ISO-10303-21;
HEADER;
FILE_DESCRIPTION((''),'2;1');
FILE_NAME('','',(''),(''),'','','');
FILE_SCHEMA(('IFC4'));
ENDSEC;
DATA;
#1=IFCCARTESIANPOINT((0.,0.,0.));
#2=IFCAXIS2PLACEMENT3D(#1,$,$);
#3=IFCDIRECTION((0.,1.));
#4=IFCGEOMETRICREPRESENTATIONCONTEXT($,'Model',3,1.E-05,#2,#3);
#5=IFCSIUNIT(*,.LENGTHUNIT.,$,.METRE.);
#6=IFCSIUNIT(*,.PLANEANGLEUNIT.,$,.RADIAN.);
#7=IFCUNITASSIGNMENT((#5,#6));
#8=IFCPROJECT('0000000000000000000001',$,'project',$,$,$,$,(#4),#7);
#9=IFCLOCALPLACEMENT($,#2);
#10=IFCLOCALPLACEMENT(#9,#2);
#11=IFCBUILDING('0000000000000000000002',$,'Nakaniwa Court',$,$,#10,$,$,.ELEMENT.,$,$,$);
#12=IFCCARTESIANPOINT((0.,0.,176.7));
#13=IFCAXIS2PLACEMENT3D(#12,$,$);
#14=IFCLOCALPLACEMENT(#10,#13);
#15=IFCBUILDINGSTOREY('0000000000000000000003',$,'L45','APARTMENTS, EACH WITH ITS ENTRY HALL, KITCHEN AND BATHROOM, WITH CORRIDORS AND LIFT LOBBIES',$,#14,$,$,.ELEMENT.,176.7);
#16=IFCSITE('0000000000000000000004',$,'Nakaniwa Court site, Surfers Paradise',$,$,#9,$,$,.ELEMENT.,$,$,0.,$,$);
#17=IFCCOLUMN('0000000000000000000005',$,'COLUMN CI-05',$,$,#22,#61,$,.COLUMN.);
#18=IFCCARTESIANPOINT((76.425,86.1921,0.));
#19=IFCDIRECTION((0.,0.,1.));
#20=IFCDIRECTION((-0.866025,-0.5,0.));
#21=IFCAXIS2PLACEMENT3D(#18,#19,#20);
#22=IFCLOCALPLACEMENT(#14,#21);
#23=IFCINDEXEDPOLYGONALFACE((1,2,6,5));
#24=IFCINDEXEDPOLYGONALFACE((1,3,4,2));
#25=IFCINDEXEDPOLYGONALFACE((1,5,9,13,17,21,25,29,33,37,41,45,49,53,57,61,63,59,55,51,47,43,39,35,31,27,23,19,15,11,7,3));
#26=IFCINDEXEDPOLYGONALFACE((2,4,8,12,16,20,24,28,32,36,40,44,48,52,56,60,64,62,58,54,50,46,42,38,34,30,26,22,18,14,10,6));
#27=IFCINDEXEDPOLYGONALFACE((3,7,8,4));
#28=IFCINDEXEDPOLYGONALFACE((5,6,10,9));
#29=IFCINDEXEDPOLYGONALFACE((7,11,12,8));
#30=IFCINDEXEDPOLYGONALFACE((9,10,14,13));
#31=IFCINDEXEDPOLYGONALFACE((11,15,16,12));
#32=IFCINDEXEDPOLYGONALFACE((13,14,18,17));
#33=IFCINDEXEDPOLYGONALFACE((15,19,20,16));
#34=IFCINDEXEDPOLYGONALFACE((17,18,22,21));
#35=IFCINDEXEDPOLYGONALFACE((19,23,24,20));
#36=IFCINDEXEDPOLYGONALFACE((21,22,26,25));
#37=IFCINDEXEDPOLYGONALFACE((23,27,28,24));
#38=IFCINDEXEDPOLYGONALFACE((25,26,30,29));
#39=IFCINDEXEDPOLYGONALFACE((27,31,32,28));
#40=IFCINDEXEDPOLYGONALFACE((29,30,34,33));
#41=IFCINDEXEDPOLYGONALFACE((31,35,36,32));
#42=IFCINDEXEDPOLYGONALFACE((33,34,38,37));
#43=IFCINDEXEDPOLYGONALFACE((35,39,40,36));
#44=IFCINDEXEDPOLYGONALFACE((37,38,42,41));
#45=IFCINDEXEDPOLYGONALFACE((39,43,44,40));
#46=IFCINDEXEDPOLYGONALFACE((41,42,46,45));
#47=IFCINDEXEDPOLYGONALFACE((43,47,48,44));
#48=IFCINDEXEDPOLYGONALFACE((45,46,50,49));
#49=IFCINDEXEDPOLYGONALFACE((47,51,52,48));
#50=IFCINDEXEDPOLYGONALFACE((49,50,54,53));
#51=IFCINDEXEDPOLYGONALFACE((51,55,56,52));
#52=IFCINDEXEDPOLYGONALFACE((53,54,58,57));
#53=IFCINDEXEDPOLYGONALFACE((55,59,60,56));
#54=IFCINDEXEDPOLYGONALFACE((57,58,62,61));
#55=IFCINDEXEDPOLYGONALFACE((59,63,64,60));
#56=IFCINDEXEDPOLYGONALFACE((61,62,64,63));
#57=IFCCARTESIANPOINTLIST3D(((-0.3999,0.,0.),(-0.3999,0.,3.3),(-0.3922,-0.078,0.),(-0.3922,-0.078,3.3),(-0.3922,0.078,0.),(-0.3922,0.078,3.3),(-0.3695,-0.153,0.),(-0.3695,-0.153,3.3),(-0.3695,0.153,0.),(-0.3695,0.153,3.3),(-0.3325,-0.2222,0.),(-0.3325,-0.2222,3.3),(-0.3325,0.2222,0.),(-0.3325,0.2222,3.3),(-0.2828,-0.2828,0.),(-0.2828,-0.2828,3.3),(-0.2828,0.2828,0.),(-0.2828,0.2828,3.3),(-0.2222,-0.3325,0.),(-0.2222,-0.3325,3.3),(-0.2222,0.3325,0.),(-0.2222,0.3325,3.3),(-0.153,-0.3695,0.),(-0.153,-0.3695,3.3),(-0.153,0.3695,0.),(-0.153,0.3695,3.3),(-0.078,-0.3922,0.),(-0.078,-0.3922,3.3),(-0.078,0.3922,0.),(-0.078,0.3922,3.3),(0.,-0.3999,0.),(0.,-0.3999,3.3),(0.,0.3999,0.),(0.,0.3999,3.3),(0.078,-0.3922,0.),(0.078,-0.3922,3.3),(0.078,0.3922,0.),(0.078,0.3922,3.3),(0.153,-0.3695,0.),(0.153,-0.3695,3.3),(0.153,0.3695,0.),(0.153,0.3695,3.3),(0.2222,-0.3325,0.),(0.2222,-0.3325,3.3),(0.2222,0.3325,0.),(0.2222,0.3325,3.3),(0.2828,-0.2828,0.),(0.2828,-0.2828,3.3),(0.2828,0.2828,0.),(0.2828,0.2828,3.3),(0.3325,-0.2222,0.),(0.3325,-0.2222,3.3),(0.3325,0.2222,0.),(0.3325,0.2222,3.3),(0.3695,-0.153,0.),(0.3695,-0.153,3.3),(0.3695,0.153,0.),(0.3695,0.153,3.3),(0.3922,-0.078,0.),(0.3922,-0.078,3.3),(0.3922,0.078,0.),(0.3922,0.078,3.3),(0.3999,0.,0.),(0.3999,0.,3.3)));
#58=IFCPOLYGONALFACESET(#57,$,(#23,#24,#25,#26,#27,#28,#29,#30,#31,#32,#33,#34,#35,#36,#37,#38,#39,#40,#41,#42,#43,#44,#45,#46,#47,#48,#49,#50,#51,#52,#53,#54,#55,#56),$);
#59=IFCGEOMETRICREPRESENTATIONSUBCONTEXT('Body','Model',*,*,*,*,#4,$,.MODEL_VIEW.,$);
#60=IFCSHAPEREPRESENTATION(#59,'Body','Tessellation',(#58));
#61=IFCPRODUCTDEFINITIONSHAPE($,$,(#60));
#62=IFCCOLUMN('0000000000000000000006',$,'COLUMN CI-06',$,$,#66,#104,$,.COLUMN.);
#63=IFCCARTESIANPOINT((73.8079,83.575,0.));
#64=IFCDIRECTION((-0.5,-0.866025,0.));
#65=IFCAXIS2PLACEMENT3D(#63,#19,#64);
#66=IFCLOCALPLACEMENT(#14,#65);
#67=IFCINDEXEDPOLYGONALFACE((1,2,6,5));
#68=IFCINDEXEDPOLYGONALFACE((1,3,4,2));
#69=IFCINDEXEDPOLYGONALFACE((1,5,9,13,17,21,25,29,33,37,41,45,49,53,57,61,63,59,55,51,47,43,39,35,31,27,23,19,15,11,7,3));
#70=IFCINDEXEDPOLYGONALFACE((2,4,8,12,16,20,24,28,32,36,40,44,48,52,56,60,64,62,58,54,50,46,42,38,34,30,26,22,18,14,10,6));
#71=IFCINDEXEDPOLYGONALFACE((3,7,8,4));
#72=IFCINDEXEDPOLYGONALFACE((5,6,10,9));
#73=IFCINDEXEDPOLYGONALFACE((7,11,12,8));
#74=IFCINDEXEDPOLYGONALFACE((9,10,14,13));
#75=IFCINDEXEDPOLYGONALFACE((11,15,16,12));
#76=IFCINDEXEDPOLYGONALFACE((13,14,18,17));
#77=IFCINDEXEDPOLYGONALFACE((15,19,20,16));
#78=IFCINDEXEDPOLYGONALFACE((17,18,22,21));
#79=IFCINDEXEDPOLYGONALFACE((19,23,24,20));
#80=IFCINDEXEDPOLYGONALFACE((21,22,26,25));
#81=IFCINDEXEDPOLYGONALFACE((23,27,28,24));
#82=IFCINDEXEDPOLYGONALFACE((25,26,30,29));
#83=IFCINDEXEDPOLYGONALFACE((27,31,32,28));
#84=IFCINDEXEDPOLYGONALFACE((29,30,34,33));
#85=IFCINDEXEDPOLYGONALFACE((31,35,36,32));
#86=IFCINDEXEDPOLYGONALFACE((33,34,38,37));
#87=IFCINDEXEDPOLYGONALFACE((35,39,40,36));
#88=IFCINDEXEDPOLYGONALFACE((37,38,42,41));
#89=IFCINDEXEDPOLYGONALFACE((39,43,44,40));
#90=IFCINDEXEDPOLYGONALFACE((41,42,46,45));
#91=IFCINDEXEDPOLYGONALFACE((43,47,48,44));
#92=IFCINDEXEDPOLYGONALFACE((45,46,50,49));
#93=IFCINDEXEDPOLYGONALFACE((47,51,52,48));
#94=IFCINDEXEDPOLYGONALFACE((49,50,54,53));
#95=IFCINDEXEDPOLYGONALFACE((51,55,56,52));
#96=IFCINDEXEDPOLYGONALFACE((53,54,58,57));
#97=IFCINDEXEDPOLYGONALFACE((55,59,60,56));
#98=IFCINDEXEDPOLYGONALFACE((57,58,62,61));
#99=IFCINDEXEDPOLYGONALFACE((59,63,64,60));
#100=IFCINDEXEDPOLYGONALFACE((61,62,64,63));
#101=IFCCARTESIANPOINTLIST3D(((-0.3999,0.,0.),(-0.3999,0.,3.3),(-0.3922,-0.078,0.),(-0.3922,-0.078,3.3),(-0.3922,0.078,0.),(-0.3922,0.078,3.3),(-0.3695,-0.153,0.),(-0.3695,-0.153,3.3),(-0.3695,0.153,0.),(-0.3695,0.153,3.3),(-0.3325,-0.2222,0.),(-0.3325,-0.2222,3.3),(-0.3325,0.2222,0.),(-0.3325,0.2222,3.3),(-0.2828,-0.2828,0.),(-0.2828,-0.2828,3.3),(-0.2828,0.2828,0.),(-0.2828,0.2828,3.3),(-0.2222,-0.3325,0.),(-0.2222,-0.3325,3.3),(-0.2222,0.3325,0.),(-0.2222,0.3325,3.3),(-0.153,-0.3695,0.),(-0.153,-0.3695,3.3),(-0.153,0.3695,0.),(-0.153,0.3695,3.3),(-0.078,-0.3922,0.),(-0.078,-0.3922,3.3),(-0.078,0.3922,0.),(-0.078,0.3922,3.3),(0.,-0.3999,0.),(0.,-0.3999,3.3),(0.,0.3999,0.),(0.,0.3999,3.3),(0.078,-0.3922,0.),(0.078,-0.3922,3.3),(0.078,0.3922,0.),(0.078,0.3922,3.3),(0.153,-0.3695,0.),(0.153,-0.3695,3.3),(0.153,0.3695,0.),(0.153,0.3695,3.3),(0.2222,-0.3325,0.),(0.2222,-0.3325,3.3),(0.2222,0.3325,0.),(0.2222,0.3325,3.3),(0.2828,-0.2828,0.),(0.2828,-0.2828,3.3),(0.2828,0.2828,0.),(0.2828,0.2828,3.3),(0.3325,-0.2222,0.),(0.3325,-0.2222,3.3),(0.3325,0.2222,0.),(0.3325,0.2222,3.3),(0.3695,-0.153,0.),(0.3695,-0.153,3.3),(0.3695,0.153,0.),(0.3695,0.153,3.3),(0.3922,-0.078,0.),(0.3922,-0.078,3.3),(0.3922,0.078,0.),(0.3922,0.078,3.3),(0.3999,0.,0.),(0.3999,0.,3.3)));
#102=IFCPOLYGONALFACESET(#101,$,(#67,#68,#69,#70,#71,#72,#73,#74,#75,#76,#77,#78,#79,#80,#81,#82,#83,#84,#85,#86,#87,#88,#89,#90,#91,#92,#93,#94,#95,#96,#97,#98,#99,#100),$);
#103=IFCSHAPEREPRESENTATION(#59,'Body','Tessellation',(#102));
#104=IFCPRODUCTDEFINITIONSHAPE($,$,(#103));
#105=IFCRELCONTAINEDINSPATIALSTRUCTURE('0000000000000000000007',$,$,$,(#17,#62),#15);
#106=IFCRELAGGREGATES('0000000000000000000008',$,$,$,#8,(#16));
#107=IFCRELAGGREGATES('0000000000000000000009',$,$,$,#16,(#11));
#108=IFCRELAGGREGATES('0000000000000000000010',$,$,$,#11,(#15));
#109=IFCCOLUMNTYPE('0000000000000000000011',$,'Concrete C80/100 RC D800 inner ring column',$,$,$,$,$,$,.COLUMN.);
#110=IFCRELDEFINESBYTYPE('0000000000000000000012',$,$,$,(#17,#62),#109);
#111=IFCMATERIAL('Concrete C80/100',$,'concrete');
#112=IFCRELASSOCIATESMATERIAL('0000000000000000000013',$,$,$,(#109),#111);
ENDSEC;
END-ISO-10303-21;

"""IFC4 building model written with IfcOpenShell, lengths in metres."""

from ifc_helpers import new_model, si_unit, direction, frame, origin, origin_2d, place, context, subcontext, project, spatial, circle, extrude, material, material_profile, profile_set, type_object, element, save


model = new_model("IFC4")

# Units and contexts
model_context = context("Model", 3, precision=1e-05, world=origin(), true_north=direction((0.0, 1.0)))
body_context = subcontext(model_context, "Body", "Model", "MODEL_VIEW")
ifc_project = project(units=[si_unit("LENGTHUNIT", "METRE"), si_unit("PLANEANGLEUNIT", "RADIAN")], contexts=[model_context])

# Site, building, storey
site_placement = place(None, origin())
site = spatial("IfcSite", under=ifc_project, at=site_placement, Name="Nakaniwa Court site, Surfers Paradise", CompositionType="ELEMENT", RefElevation=0.0)
building_placement = place(site_placement, origin())
building = spatial("IfcBuilding", under=site, at=building_placement, Name="Nakaniwa Court", CompositionType="ELEMENT")
storey_placement = place(building_placement, frame((0.0, 0.0, 176.7)))
storey = spatial("IfcBuildingStorey", under=building, at=storey_placement, Name="L45", Description="APARTMENTS, EACH WITH ITS ENTRY HALL, KITCHEN AND BATHROOM, WITH CORRIDORS AND LIFT LOBBIES", CompositionType="ELEMENT", Elevation=176.7)

# Columns
ifc_material_1 = material(Name="Concrete C80/100", Category="concrete")
ifc_material_profile_1 = material_profile(ifc_material_1, circle(Radius=0.3999, at=origin_2d()), Name="Concrete C80/100 RC D800 inner ring column")
ifc_profile_set_1 = profile_set([ifc_material_profile_1], Name="Concrete C80/100")
column_type = type_object("IfcColumnType", Name="Concrete C80/100 RC D800 inner ring column", PredefinedType="COLUMN", material=ifc_profile_set_1)
for number, where, z_axis, x_axis, name in (
    (1, (76.425, 86.1921, 0.0), (0.0, 0.0, 1.0), (-0.866025, -0.5, 0.0), "COLUMN CI-05"),
    (2, (73.8079, 83.575, 0.0), (0.0, 0.0, 1.0), (-0.5, -0.866025, 0.0), "COLUMN CI-06"),
):
    element("IfcColumn", number, at=place(storey_placement, frame(where, z_axis=z_axis, x_axis=x_axis)), inside=storey, type_object=column_type, Name=name, PredefinedType="COLUMN", context=body_context, shape_type="SweptSolid", body=[
        extrude(circle(Radius=0.3999, at=origin_2d()), origin(), (0.0, 0.0, 1.0), 3.3),
    ])

save(model, "model.ifc")
